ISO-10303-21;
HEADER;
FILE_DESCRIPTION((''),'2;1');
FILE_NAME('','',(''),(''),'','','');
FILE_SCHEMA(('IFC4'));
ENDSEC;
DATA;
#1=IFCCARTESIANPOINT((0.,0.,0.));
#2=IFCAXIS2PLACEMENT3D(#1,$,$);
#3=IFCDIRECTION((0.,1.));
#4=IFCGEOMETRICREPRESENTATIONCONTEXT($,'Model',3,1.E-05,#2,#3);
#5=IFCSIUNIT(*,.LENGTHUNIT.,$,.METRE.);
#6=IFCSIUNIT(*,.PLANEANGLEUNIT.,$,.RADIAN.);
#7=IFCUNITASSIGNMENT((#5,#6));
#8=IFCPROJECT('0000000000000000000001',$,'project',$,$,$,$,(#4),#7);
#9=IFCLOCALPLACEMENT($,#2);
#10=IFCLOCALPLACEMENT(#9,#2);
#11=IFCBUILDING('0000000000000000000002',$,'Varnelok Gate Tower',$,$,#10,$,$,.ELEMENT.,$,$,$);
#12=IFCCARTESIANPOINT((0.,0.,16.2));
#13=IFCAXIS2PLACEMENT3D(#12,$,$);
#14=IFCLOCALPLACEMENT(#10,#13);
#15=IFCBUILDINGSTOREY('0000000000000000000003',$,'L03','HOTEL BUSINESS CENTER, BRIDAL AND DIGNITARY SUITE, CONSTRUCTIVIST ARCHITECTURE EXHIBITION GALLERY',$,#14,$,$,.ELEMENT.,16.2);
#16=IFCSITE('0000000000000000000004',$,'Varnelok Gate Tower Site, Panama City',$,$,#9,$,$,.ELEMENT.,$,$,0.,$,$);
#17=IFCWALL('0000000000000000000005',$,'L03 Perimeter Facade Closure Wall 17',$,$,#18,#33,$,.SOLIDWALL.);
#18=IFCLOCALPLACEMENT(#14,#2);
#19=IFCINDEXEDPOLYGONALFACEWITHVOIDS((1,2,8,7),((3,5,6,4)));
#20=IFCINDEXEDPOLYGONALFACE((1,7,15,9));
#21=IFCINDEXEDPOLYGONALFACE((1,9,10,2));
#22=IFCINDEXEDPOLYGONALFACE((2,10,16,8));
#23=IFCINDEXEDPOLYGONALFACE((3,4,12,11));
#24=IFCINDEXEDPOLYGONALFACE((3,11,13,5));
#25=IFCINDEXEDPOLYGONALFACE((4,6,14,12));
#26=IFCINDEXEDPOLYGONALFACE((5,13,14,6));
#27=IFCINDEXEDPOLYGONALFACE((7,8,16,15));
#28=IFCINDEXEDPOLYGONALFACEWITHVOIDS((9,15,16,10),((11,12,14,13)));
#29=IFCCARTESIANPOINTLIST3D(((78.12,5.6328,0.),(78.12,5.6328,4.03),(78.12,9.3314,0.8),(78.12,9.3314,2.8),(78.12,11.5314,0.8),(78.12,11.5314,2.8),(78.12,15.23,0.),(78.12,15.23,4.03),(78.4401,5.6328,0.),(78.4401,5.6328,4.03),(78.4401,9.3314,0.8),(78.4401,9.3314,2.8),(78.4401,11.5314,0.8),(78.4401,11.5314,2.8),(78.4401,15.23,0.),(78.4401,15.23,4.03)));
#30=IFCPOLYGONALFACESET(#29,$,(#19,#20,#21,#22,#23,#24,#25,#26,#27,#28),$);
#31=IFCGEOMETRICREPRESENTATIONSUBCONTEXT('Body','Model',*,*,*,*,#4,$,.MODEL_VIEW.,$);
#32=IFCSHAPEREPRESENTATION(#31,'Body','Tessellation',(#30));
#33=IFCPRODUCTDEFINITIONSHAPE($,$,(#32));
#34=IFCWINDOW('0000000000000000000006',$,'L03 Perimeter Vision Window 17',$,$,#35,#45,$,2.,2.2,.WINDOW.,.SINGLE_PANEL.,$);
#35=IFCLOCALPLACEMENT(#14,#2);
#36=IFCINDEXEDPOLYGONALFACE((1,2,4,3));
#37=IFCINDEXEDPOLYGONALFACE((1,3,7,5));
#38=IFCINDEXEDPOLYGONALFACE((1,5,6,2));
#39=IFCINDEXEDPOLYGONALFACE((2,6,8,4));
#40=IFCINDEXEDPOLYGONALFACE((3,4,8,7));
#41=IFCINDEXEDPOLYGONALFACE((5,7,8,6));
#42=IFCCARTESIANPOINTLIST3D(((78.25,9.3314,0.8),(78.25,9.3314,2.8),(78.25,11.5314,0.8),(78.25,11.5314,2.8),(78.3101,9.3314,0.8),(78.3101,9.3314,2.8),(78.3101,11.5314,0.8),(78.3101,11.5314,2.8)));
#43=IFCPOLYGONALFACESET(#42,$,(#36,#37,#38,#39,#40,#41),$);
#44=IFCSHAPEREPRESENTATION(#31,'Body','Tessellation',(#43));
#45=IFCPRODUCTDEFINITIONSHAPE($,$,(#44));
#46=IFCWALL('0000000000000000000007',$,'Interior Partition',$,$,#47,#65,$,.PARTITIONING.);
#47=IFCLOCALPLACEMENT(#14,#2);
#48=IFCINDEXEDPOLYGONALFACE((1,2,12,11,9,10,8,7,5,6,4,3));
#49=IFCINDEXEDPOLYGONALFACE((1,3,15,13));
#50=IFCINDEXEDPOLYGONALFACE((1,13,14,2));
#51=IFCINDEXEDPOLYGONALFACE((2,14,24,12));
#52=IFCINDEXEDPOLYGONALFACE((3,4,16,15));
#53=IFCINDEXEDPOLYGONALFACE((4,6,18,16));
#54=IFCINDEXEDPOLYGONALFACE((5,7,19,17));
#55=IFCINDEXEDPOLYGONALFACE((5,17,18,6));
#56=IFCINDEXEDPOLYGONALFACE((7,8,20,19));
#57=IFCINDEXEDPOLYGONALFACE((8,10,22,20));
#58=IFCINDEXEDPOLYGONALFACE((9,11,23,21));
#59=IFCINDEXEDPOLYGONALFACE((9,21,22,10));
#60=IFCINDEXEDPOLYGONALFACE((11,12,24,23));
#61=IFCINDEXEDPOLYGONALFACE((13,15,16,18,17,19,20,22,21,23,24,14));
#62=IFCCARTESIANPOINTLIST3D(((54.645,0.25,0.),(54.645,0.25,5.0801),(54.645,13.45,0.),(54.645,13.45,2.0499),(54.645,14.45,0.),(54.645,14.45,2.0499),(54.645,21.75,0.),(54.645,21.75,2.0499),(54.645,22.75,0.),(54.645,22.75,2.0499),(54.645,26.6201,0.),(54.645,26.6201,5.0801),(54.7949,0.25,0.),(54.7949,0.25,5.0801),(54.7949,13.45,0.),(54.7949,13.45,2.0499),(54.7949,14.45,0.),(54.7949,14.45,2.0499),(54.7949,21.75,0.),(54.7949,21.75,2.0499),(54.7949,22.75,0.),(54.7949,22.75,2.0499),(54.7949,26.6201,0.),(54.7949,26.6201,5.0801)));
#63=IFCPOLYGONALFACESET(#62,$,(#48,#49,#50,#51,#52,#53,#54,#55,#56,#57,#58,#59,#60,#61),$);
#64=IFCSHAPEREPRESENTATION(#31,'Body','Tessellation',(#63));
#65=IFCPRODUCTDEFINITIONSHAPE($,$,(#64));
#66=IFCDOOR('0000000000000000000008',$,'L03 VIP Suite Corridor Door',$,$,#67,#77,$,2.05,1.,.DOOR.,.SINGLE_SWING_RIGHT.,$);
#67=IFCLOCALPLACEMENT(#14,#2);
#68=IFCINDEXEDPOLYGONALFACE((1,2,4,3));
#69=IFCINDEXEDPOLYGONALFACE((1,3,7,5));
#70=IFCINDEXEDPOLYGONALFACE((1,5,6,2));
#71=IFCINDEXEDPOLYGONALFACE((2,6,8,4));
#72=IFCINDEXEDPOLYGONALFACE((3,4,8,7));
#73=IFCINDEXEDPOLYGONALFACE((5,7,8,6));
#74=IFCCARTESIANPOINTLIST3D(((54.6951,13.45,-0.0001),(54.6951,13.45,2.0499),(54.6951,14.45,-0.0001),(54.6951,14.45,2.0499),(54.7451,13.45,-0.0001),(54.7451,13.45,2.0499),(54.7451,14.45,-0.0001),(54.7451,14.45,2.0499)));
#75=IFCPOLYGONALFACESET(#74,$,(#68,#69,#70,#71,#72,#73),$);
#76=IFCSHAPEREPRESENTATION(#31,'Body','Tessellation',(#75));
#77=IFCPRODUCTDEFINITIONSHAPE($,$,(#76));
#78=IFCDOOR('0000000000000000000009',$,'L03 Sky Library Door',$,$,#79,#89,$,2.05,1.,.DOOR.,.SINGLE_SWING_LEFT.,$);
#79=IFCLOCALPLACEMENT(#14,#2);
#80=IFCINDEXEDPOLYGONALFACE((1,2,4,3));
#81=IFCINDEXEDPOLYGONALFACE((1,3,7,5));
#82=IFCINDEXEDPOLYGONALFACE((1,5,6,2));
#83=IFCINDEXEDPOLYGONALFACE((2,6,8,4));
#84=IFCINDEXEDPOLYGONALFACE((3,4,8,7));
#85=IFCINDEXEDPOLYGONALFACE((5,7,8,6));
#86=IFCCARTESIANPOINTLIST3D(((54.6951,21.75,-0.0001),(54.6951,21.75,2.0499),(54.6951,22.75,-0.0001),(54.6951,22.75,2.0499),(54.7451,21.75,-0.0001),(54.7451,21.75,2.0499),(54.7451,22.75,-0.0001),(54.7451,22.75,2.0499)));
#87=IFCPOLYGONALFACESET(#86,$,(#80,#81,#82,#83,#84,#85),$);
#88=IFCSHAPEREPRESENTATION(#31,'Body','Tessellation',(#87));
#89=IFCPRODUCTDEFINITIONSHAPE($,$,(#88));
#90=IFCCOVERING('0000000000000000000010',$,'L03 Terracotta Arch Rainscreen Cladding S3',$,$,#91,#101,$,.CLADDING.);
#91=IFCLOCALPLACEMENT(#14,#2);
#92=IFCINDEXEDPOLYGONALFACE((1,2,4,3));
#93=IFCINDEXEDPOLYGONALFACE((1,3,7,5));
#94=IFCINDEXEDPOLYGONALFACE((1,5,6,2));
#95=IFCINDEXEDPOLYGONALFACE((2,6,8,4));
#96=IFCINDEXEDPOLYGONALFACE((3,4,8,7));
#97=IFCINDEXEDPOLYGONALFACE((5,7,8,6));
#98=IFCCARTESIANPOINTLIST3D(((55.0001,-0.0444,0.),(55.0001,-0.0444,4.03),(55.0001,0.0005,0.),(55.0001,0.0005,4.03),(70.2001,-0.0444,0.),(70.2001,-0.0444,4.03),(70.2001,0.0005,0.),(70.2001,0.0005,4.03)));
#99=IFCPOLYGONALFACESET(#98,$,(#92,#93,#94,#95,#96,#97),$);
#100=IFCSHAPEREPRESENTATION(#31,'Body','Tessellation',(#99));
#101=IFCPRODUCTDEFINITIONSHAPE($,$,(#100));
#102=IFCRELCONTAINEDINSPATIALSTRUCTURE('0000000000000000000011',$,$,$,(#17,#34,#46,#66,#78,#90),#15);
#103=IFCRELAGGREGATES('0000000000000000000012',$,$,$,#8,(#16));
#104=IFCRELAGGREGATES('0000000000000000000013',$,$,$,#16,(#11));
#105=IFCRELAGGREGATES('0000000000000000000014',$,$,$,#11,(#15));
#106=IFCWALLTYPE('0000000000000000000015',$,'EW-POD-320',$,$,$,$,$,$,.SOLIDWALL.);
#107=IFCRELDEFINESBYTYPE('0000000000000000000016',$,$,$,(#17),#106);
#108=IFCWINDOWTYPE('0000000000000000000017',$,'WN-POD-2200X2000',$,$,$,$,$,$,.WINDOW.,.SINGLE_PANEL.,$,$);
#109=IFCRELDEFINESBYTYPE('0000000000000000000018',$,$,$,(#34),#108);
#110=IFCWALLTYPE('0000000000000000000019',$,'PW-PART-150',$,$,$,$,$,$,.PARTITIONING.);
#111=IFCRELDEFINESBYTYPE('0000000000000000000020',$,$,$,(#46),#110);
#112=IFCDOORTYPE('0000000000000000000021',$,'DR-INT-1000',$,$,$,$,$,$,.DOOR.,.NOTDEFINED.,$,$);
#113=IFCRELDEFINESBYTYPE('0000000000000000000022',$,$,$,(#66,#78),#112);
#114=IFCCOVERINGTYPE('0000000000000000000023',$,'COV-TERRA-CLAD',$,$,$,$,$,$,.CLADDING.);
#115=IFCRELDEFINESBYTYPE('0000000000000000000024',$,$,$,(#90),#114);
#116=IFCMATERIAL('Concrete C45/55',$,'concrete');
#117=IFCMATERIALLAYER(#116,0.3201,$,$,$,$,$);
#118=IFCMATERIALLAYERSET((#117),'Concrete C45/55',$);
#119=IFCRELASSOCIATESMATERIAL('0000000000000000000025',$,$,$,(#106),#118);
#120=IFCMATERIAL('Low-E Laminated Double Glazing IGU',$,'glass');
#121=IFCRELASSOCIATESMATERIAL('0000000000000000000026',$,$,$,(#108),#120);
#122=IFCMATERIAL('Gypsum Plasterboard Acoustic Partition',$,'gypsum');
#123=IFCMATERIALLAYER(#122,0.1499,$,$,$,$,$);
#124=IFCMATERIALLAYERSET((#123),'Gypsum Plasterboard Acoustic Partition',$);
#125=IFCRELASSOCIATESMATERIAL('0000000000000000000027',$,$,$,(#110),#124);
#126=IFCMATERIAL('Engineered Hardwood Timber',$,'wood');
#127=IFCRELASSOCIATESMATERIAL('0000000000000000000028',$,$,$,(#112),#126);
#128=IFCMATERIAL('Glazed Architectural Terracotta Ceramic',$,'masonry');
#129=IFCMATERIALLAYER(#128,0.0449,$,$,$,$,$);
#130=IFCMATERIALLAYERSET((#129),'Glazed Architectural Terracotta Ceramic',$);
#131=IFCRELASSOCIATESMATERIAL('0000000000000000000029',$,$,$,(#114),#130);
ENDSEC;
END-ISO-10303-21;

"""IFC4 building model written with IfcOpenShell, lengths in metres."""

from ifc_helpers import new_model, si_unit, direction, frame, frame_2d, origin, origin_2d, place, context, subcontext, project, spatial, rectangle, extrude, source, transform, mapped, material, layer, layer_set, type_object, element, fill, save


model = new_model("IFC4")

# Units and contexts
model_context = context("Model", 3, precision=1e-05, world=origin(), true_north=direction((0.0, 1.0)))
body_context = subcontext(model_context, "Body", "Model", "MODEL_VIEW")
ifc_project = project(units=[si_unit("LENGTHUNIT", "METRE"), si_unit("PLANEANGLEUNIT", "RADIAN")], contexts=[model_context])

# Site, building, storey
site_placement = place(None, origin())
site = spatial("IfcSite", under=ifc_project, at=site_placement, Name="Varnelok Gate Tower Site, Panama City", CompositionType="ELEMENT", RefElevation=0.0)
building_placement = place(site_placement, origin())
building = spatial("IfcBuilding", under=site, at=building_placement, Name="Varnelok Gate Tower", CompositionType="ELEMENT")
storey_placement = place(building_placement, frame((0.0, 0.0, 16.2)))
storey = spatial("IfcBuildingStorey", under=building, at=storey_placement, Name="L03", Description="HOTEL BUSINESS CENTER, BRIDAL AND DIGNITARY SUITE, CONSTRUCTIVIST ARCHITECTURE EXHIBITION GALLERY", CompositionType="ELEMENT", Elevation=16.2)

# Shared definitions
ifc_material_1 = material(Name="Concrete C45/55", Category="concrete")
ifc_layer_1 = layer(ifc_material_1, 0.3201)
ifc_layer_set_1 = layer_set([ifc_layer_1], Name="Concrete C45/55")
wall_type_1 = type_object("IfcWallType", Name="EW-POD-320", PredefinedType="SOLIDWALL", material=ifc_layer_set_1)
ifc_material_2 = material(Name="Low-E Laminated Double Glazing IGU", Category="glass")

# Wall, opening, window
wall_1_placement = place(storey_placement, frame((78.28, 5.6328, 0.0), z_axis=(0.0, 0.0, 1.0), x_axis=(0.0, 1.0, 0.0)))
wall_1 = element("IfcWall", 1, at=wall_1_placement, inside=storey, type_object=wall_type_1, Name="L03 Perimeter Facade Closure Wall 17", PredefinedType="SOLIDWALL", context=body_context, shape_type="SweptSolid", body=[
    extrude(rectangle(XDim=9.5972, YDim=0.3201, at=frame_2d((4.7986, 0.0))), origin(), (0.0, 0.0, 1.0), 4.03),
])
opening_1_placement = place(wall_1_placement, frame((3.6985, 0.0, 0.8)))
opening_1 = element("IfcOpeningElement", 2, at=opening_1_placement, cuts=wall_1, PredefinedType="OPENING", context=body_context, shape_type="SweptSolid", body=[
    extrude(rectangle(XDim=2.2, YDim=2.0, at=frame_2d((1.1001, 1.0))), frame((0.0, 0.1699, 0.0), z_axis=(0.0, -1.0, 0.0), x_axis=(1.0, 0.0, 0.0)), (0.0, 0.0, 1.0), 0.3401),
])
window_type_1 = type_object("IfcWindowType", Name="WN-POD-2200X2000", PartitioningType="SINGLE_PANEL", PredefinedType="WINDOW", material=ifc_material_2)
window_1_placement = place(opening_1_placement, origin())
window_1 = element("IfcWindow", 3, at=window_1_placement, inside=storey, type_object=window_type_1, Name="L03 Perimeter Vision Window 17", OverallHeight=2.0, OverallWidth=2.2, PartitioningType="SINGLE_PANEL", PredefinedType="WINDOW", context=body_context, shape_type="SweptSolid", body=[
    extrude(rectangle(XDim=2.2, YDim=2.0, at=frame_2d((1.1001, 1.0))), frame((0.0, 0.03, 0.0), z_axis=(0.0, -1.0, 0.0), x_axis=(1.0, 0.0, 0.0)), (0.0, 0.0, 1.0), 0.0601),
])
fill(opening_1, window_1)

# Wall, openings, doors
ifc_material_3 = material(Name="Gypsum Plasterboard Acoustic Partition", Category="gypsum")
ifc_layer_2 = layer(ifc_material_3, 0.1499)
ifc_layer_set_2 = layer_set([ifc_layer_2], Name="Gypsum Plasterboard Acoustic Partition")
wall_type_2 = type_object("IfcWallType", Name="PW-PART-150", PredefinedType="PARTITIONING", material=ifc_layer_set_2)
wall_2_placement = place(storey_placement, frame((54.72, 0.25, 0.0), z_axis=(0.0, 0.0, 1.0), x_axis=(0.0, 1.0, 0.0)))
wall_2 = element("IfcWall", 4, at=wall_2_placement, inside=storey, type_object=wall_type_2, Name="Interior Partition", PredefinedType="PARTITIONING", context=body_context, shape_type="SweptSolid", body=[
    extrude(rectangle(XDim=26.3701, YDim=0.1499, at=frame_2d((13.1851, 0.0))), origin(), (0.0, 0.0, 1.0), 5.0801),
])
opening_2_placement = place(wall_2_placement, frame((13.2, 0.0, 0.0)))
opening_2 = element("IfcOpeningElement", 5, at=opening_2_placement, cuts=wall_2, PredefinedType="OPENING", context=body_context, shape_type="SweptSolid", body=[
    extrude(rectangle(XDim=1.0, YDim=2.05, at=frame_2d((0.5, 1.0249))), frame((0.0, 0.085, 0.0), z_axis=(0.0, -1.0, 0.0), x_axis=(1.0, 0.0, 0.0)), (0.0, 0.0, 1.0), 0.1699),
])
opening_3_placement = place(wall_2_placement, frame((21.5, 0.0, 0.0)))
opening_3 = element("IfcOpeningElement", 6, at=opening_3_placement, cuts=wall_2, PredefinedType="OPENING", context=body_context, shape_type="SweptSolid", body=[
    extrude(rectangle(XDim=1.0, YDim=2.05, at=frame_2d((0.5, 1.0249))), frame((0.0, 0.085, 0.0), z_axis=(0.0, -1.0, 0.0), x_axis=(1.0, 0.0, 0.0)), (0.0, 0.0, 1.0), 0.1699),
])
ifc_material_4 = material(Name="Engineered Hardwood Timber", Category="wood")
door_type = type_object("IfcDoorType", Name="DR-INT-1000", OperationType="NOTDEFINED", PredefinedType="DOOR", material=ifc_material_4)
door_1_placement = place(opening_2_placement, origin())
door_1 = element("IfcDoor", 7, at=door_1_placement, inside=storey, type_object=door_type, Name="L03 VIP Suite Corridor Door", OperationType="SINGLE_SWING_RIGHT", OverallHeight=2.05, OverallWidth=1.0, PredefinedType="DOOR", context=body_context, shape_type="SweptSolid", body=[
    extrude(rectangle(XDim=1.0, YDim=2.05, at=frame_2d((0.5, 1.0249))), frame((0.0, 0.0249, 0.0), z_axis=(0.0, -1.0, 0.0), x_axis=(1.0, 0.0, 0.0)), (0.0, 0.0, 1.0), 0.05),
])
fill(opening_2, door_1)
door_2_placement = place(opening_3_placement, origin())
door_2 = element("IfcDoor", 8, at=door_2_placement, inside=storey, type_object=door_type, Name="L03 Sky Library Door", OperationType="SINGLE_SWING_LEFT", OverallHeight=2.05, OverallWidth=1.0, PredefinedType="DOOR", context=body_context, shape_type="SweptSolid", body=[
    extrude(rectangle(XDim=1.0, YDim=2.05, at=frame_2d((0.5, 1.0249))), frame((0.0, 0.0249, 0.0), z_axis=(0.0, -1.0, 0.0), x_axis=(1.0, 0.0, 0.0)), (0.0, 0.0, 1.0), 0.05),
])
fill(opening_3, door_2)

# Covering
ifc_material_5 = material(Name="Glazed Architectural Terracotta Ceramic", Category="masonry")
ifc_layer_3 = layer(ifc_material_5, 0.0449)
ifc_layer_set_3 = layer_set([ifc_layer_3], Name="Glazed Architectural Terracotta Ceramic")
covering_type = type_object("IfcCoveringType", Name="COV-TERRA-CLAD", PredefinedType="CLADDING", material=ifc_layer_set_3)
shared_shape = source(origin(), body_context, "Body", "SweptSolid", [
    extrude(rectangle(XDim=15.2, YDim=0.0449, at=origin_2d()), origin(), (0.0, 0.0, 1.0), 4.03),
])
covering_placement = place(storey_placement, frame((62.6001, -0.022, 0.0), z_axis=(0.0, 0.0, 1.0), x_axis=(1.0, 0.0, 0.0)))
element("IfcCovering", 9, at=covering_placement, inside=storey, type_object=covering_type, Name="L03 Terracotta Arch Rainscreen Cladding S3", PredefinedType="CLADDING", context=body_context, shape_type="MappedRepresentation", body=[
    mapped(shared_shape, transform((0.0, 0.0, 0.0), scale=1.0)),
])

save(model, "model.ifc")
